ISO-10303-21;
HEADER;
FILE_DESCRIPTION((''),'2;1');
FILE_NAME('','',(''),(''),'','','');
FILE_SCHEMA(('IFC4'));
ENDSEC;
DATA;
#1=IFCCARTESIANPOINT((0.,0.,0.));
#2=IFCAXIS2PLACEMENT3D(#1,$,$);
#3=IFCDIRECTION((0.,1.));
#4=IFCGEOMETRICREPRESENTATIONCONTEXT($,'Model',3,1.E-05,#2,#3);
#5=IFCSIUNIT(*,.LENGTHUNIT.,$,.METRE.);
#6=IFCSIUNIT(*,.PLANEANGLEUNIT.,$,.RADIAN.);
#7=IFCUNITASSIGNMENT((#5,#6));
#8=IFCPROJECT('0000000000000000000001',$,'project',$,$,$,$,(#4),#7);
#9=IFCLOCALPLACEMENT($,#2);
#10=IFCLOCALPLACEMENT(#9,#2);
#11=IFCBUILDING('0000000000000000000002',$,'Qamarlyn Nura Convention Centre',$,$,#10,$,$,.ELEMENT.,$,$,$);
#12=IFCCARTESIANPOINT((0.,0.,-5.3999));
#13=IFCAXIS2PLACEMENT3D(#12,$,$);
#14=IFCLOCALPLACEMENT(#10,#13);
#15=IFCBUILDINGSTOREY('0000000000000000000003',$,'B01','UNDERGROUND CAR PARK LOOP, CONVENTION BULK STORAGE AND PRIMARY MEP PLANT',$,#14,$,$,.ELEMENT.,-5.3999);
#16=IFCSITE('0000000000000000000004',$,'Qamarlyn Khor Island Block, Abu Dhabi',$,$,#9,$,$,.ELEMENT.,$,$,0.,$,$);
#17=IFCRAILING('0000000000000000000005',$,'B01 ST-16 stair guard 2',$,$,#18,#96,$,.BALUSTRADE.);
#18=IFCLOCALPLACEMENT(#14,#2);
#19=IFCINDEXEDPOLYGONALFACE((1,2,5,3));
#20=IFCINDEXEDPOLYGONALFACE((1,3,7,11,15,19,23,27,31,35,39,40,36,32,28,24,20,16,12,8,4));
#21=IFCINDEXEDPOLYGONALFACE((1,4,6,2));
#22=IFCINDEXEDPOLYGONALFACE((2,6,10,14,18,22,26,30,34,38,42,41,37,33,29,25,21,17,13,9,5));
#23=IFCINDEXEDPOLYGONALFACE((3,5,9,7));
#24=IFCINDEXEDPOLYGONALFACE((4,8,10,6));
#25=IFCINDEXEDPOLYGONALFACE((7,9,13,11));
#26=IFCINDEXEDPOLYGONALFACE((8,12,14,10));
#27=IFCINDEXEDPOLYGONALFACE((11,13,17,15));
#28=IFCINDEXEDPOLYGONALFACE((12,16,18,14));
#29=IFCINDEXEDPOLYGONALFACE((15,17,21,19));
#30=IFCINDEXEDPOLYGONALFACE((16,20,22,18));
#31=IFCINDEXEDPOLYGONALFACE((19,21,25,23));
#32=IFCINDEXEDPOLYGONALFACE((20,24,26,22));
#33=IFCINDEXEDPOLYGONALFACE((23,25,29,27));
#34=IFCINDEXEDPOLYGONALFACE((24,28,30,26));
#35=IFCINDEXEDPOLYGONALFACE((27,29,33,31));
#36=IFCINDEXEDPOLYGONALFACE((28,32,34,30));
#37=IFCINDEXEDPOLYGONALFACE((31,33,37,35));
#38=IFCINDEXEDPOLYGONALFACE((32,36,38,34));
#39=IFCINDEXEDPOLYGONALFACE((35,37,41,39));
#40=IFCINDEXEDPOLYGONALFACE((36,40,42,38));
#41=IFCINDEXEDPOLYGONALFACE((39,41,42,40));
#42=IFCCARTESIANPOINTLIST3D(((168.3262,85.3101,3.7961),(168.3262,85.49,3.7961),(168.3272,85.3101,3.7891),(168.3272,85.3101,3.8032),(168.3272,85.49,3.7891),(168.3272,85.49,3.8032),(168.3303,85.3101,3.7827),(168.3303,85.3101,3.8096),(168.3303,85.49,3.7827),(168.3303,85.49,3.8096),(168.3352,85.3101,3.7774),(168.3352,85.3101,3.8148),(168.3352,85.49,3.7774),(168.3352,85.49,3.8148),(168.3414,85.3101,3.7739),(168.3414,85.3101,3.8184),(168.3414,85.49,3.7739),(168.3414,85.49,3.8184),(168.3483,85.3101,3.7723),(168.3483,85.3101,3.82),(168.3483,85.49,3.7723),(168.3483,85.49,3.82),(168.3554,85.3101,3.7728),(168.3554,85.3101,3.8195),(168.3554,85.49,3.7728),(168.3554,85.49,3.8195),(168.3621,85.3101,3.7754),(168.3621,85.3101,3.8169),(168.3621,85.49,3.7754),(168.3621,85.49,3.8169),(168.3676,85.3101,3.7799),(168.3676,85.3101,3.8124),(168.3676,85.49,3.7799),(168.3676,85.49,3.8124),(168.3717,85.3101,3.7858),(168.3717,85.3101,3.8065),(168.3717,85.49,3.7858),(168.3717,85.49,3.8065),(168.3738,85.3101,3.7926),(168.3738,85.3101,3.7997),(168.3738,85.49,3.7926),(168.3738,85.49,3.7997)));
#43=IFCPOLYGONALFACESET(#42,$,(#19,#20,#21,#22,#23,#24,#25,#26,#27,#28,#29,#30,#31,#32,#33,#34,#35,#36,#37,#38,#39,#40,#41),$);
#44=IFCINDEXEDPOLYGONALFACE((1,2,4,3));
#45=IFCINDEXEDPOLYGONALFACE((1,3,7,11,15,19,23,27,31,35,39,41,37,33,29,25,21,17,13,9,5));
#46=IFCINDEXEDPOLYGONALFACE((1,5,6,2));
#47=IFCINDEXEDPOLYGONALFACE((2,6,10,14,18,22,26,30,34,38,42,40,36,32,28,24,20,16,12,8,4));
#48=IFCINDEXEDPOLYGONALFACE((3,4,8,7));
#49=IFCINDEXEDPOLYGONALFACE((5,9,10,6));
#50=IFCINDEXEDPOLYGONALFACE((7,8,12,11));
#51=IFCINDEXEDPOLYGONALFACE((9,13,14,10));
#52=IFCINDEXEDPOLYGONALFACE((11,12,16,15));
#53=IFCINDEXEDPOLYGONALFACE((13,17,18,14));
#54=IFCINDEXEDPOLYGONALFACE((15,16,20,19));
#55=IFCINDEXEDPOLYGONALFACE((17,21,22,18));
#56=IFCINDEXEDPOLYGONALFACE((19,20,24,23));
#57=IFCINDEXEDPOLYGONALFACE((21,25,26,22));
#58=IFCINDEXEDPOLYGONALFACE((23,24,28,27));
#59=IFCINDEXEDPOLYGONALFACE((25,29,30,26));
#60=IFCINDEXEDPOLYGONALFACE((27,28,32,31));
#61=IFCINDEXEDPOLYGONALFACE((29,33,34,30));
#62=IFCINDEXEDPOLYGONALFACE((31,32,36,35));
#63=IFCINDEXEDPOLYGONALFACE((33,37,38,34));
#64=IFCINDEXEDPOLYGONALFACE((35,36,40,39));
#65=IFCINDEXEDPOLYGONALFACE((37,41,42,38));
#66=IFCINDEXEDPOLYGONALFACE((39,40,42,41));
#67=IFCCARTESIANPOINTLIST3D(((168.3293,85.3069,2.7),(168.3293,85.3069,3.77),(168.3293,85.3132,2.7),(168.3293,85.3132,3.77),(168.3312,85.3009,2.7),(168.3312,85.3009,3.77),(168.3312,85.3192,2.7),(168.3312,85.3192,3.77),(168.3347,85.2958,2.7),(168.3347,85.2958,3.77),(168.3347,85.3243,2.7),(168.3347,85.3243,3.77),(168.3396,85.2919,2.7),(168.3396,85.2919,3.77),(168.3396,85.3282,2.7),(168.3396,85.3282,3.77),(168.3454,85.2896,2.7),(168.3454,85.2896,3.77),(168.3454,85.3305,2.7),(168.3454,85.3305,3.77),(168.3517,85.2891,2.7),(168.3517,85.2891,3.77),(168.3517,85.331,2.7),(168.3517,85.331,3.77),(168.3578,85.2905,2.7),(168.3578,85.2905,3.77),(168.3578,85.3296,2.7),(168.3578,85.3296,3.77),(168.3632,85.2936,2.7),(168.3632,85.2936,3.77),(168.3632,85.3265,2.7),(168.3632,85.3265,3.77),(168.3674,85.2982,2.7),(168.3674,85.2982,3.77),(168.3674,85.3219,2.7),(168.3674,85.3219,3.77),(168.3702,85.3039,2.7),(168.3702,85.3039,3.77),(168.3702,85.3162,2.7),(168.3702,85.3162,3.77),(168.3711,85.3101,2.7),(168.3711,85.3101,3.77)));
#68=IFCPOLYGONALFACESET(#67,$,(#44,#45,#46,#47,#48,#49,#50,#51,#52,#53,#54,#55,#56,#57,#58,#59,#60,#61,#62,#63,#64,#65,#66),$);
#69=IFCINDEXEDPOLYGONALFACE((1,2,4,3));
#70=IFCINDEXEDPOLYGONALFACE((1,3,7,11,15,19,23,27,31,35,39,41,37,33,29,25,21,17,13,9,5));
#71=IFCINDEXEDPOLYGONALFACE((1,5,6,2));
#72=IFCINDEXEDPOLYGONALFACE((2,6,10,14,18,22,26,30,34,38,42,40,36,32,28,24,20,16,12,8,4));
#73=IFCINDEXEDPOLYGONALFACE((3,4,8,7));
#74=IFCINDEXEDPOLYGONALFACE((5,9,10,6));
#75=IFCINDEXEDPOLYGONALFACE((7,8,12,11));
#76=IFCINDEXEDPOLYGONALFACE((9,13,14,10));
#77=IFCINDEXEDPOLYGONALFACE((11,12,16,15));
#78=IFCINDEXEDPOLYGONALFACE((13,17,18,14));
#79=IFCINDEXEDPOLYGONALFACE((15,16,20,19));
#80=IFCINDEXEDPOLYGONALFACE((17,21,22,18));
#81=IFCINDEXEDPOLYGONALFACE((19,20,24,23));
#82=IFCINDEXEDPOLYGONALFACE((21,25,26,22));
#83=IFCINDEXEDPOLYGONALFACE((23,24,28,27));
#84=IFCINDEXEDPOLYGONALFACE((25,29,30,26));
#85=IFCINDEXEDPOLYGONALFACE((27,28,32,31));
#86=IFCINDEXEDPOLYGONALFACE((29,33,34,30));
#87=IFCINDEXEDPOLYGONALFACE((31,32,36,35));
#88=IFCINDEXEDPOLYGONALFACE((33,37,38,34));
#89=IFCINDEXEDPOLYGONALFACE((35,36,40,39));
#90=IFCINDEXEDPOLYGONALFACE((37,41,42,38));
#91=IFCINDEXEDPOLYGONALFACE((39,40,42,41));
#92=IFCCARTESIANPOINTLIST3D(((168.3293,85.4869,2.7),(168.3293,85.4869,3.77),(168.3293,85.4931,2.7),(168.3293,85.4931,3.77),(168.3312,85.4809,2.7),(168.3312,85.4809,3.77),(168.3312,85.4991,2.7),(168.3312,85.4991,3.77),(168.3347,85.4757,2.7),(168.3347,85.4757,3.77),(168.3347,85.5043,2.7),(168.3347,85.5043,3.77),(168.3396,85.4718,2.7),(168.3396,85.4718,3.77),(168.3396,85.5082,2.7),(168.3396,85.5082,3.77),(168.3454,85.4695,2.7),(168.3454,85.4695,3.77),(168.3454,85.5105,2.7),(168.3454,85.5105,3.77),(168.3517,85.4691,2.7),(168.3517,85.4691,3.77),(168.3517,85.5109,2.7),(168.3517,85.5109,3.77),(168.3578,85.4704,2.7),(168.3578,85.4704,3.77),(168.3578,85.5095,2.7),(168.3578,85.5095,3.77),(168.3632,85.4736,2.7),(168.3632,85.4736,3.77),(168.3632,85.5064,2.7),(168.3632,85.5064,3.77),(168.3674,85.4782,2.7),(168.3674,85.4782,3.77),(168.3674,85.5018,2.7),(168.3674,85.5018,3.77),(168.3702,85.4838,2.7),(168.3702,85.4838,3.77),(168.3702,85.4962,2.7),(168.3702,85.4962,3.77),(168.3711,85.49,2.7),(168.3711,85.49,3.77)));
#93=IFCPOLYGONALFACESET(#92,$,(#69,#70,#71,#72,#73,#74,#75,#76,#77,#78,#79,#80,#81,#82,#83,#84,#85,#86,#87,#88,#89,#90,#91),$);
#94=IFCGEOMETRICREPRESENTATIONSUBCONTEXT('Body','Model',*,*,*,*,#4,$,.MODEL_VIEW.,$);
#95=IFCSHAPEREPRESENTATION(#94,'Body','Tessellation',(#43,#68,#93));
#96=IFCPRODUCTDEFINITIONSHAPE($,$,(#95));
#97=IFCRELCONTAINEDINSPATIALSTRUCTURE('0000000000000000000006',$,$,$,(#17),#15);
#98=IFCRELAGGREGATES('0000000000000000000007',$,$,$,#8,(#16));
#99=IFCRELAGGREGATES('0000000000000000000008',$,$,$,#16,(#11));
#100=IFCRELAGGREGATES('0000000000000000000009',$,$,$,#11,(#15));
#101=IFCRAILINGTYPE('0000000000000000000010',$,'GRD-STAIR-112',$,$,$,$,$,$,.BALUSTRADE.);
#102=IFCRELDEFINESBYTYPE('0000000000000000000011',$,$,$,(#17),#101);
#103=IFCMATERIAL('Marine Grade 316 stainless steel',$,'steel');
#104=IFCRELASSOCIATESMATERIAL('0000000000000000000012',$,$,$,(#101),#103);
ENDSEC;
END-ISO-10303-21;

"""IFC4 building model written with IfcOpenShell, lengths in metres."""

from ifc_helpers import new_model, si_unit, direction, frame, origin, origin_2d, place, context, subcontext, project, spatial, circle, extrude, material, type_object, element, save


model = new_model("IFC4")

# Units and contexts
model_context = context("Model", 3, precision=1e-05, world=origin(), true_north=direction((0.0, 1.0)))
body_context = subcontext(model_context, "Body", "Model", "MODEL_VIEW")
ifc_project = project(units=[si_unit("LENGTHUNIT", "METRE"), si_unit("PLANEANGLEUNIT", "RADIAN")], contexts=[model_context])

# Site, building, storey
site_placement = place(None, origin())
site = spatial("IfcSite", under=ifc_project, at=site_placement, Name="Qamarlyn Khor Island Block, Abu Dhabi", CompositionType="ELEMENT", RefElevation=0.0)
building_placement = place(site_placement, origin())
building = spatial("IfcBuilding", under=site, at=building_placement, Name="Qamarlyn Nura Convention Centre", CompositionType="ELEMENT")
storey_placement = place(building_placement, frame((0.0, 0.0, -5.3999)))
storey = spatial("IfcBuildingStorey", under=building, at=storey_placement, Name="B01", Description="UNDERGROUND CAR PARK LOOP, CONVENTION BULK STORAGE AND PRIMARY MEP PLANT", CompositionType="ELEMENT", Elevation=-5.3999)

# Railing
ifc_material_1 = material(Name="Marine Grade 316 stainless steel", Category="steel")
railing_type_1 = type_object("IfcRailingType", Name="GRD-STAIR-112", PredefinedType="BALUSTRADE", material=ifc_material_1)
railing_1_placement = place(storey_placement, frame((168.3501, 85.3101, 2.7)))
element("IfcRailing", 1, at=railing_1_placement, inside=storey, type_object=railing_type_1, Name="B01 ST-16 stair guard 2", PredefinedType="BALUSTRADE", context=body_context, shape_type="SweptSolid", body=[
    extrude(circle(Radius=0.0239, at=origin_2d()), frame((0.0, 0.0, 1.0962), z_axis=(0.0, 1.0, 0.0), x_axis=(-1.0, 0.0, 0.0)), (0.0, 0.0, 1.0), 0.1799),
    extrude(circle(Radius=0.021, at=origin_2d()), origin(), (0.0, 0.0, 1.0), 1.0701),
    extrude(circle(Radius=0.021, at=origin_2d()), frame((0.0, 0.1799, 0.0)), (0.0, 0.0, 1.0), 1.0701),
])

save(model, "model.ifc")
